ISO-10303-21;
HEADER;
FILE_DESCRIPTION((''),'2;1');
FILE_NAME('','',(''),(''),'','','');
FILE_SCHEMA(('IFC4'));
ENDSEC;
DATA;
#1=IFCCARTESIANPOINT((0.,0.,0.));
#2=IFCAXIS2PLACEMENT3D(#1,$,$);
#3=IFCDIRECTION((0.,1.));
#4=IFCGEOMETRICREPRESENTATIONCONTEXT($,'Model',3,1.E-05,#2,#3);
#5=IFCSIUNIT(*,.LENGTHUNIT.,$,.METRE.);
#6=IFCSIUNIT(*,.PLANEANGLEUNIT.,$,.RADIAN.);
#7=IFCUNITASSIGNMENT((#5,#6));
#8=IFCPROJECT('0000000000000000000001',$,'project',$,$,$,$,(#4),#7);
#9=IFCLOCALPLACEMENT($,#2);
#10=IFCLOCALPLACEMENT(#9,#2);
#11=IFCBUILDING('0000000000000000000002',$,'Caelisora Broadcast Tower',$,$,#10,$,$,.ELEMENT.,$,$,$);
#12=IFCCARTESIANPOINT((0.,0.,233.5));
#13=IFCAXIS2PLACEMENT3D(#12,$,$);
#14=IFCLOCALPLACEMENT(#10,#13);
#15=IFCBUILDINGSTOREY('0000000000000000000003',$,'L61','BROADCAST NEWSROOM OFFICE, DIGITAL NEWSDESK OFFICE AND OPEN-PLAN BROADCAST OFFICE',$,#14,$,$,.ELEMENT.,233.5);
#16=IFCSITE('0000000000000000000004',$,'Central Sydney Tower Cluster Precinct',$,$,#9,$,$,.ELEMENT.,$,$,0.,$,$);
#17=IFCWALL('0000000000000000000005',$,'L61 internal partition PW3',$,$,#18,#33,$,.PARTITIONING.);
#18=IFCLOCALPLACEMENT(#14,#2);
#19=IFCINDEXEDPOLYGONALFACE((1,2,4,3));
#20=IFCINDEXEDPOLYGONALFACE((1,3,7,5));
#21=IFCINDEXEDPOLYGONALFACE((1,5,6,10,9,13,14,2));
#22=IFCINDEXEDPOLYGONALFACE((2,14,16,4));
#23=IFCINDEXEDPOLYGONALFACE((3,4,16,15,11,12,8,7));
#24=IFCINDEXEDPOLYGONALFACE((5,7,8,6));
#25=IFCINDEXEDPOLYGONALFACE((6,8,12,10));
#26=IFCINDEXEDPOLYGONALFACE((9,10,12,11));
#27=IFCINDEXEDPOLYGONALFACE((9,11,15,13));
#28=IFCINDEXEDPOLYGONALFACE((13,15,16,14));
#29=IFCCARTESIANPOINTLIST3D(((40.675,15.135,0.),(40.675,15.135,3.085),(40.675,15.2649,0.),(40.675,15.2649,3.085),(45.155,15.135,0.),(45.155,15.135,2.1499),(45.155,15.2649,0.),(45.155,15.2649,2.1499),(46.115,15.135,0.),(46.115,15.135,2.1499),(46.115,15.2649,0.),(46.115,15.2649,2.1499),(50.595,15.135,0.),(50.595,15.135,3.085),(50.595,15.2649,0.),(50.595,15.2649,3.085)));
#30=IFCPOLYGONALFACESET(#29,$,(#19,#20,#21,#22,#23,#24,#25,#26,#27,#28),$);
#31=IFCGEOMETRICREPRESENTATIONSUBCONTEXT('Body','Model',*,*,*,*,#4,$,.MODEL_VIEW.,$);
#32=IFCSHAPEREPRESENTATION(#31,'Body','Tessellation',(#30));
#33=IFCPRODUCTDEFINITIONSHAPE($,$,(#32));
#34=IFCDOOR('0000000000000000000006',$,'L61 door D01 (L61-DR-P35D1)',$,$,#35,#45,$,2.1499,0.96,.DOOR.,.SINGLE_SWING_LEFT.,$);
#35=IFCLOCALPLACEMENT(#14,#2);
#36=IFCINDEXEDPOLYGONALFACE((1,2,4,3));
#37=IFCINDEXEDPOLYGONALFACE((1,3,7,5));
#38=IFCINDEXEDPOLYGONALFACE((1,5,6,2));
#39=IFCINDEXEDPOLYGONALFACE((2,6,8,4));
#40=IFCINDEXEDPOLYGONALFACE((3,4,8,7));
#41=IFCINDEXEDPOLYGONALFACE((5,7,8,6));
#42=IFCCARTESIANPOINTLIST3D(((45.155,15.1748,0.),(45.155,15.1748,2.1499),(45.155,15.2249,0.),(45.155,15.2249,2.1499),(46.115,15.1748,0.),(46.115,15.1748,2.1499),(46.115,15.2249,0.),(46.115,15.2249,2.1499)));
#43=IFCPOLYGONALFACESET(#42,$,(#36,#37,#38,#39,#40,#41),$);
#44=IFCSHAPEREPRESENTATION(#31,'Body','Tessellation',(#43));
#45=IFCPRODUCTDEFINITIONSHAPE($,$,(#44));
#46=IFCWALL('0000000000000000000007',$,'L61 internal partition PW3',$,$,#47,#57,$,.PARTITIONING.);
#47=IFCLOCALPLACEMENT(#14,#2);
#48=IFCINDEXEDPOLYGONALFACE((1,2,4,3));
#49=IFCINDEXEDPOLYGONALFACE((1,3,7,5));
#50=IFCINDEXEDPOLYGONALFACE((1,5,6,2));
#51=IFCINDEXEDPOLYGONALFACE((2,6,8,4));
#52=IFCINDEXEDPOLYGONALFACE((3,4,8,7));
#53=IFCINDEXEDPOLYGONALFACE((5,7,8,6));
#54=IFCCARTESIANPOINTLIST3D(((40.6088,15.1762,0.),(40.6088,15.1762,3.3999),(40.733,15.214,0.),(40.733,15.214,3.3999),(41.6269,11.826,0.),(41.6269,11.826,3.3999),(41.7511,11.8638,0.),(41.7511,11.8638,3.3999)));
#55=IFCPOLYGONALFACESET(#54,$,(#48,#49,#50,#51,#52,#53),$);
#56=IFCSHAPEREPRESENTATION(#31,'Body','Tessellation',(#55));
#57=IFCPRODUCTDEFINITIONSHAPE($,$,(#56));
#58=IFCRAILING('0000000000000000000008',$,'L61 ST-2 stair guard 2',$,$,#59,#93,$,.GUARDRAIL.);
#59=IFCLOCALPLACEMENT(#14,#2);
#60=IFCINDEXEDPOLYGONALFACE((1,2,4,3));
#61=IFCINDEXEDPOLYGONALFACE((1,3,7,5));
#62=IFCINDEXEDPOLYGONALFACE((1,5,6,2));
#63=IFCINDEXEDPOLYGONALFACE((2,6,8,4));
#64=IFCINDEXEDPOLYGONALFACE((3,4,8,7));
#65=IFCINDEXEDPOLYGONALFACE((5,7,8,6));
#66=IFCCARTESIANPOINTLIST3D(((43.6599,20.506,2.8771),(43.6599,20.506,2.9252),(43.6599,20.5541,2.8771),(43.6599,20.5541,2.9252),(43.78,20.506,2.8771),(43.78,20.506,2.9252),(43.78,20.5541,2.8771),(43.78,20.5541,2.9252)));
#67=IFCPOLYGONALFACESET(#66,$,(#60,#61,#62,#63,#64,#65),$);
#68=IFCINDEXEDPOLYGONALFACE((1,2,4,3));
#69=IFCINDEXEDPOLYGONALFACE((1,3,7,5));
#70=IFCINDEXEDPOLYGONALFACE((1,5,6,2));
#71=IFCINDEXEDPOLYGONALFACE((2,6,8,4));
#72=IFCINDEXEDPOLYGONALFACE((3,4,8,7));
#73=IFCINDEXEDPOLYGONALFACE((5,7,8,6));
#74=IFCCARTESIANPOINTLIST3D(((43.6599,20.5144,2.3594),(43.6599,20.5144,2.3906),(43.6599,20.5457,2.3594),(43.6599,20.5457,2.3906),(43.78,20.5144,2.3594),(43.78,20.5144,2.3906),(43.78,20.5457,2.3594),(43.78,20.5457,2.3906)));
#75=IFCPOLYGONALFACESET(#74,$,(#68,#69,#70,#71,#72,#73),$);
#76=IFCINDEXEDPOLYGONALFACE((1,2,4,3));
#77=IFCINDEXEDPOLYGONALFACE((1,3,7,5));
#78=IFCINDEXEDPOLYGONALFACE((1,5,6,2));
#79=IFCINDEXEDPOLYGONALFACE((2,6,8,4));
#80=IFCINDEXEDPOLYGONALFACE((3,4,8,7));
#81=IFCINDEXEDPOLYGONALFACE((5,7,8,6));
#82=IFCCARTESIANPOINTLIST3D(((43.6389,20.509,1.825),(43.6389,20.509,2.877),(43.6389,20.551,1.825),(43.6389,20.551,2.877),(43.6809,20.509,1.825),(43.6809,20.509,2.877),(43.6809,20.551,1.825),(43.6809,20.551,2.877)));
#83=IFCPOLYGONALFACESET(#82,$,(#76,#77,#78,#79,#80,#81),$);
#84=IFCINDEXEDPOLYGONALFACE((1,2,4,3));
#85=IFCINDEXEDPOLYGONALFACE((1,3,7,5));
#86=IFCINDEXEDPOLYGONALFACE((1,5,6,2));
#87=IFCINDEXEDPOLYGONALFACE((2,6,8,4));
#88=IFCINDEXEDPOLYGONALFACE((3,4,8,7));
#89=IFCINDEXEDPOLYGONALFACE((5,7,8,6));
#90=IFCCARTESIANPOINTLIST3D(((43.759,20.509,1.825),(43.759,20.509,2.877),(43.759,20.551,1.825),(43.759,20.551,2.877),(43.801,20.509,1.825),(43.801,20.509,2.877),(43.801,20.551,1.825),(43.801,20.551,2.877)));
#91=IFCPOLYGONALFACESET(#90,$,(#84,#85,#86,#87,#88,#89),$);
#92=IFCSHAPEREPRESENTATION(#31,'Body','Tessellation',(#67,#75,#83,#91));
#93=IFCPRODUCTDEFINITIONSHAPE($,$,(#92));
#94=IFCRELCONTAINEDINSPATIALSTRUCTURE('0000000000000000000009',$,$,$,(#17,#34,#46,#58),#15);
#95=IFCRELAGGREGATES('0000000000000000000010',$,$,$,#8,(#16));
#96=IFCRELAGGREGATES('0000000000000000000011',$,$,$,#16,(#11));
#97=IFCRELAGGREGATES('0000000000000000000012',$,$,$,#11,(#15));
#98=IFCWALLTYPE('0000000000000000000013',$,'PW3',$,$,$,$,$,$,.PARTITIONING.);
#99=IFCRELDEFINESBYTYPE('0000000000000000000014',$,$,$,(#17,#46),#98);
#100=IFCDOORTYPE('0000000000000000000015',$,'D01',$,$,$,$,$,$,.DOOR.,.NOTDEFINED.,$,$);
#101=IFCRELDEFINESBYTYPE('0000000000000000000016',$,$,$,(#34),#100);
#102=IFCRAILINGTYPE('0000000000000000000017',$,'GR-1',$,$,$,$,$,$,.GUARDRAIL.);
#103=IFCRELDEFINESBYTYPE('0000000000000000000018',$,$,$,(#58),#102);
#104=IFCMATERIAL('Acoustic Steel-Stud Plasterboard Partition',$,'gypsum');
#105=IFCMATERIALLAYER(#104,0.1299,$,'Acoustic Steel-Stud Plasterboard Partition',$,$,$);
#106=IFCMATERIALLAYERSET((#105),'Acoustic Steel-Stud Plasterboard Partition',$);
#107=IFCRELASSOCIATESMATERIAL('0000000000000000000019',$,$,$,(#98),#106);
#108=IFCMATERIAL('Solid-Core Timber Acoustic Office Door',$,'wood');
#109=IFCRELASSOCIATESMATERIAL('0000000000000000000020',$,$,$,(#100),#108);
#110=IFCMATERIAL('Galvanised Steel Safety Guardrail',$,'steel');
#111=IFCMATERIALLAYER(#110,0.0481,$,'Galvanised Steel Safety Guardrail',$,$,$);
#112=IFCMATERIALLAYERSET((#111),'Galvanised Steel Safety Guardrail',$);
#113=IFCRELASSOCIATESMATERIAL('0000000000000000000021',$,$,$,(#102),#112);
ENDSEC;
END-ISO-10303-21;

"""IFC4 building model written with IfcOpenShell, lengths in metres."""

from ifc_helpers import new_model, si_unit, direction, frame, frame_2d, origin, origin_2d, place, context, subcontext, project, spatial, rectangle, extrude, material, layer, layer_set, type_object, element, fill, save


model = new_model("IFC4")

# Units and contexts
model_context = context("Model", 3, precision=1e-05, world=origin(), true_north=direction((0.0, 1.0)))
body_context = subcontext(model_context, "Body", "Model", "MODEL_VIEW")
ifc_project = project(units=[si_unit("LENGTHUNIT", "METRE"), si_unit("PLANEANGLEUNIT", "RADIAN")], contexts=[model_context])

# Site, building, storey
site_placement = place(None, origin())
site = spatial("IfcSite", under=ifc_project, at=site_placement, Name="Central Sydney Tower Cluster Precinct", CompositionType="ELEMENT", RefElevation=0.0)
building_placement = place(site_placement, origin())
building = spatial("IfcBuilding", under=site, at=building_placement, Name="Caelisora Broadcast Tower", CompositionType="ELEMENT")
storey_placement = place(building_placement, frame((0.0, 0.0, 233.5)))
storey = spatial("IfcBuildingStorey", under=building, at=storey_placement, Name="L61", Description="BROADCAST NEWSROOM OFFICE, DIGITAL NEWSDESK OFFICE AND OPEN-PLAN BROADCAST OFFICE", CompositionType="ELEMENT", Elevation=233.5)

# Shared definitions
ifc_material_1 = material(Name="Acoustic Steel-Stud Plasterboard Partition", Category="gypsum")
ifc_layer_1 = layer(ifc_material_1, 0.1299, Name="Acoustic Steel-Stud Plasterboard Partition")
ifc_layer_set_1 = layer_set([ifc_layer_1], Name="Acoustic Steel-Stud Plasterboard Partition")
wall_type_1 = type_object("IfcWallType", Name="PW3", PredefinedType="PARTITIONING", material=ifc_layer_set_1)

# Wall, opening, door
wall_1_placement = place(storey_placement, frame((40.675, 15.2, 0.0), z_axis=(0.0, 0.0, 1.0), x_axis=(1.0, 0.0, 0.0)))
wall_1 = element("IfcWall", 1, at=wall_1_placement, inside=storey, type_object=wall_type_1, Name="L61 internal partition PW3", PredefinedType="PARTITIONING", context=body_context, shape_type="SweptSolid", body=[
    extrude(rectangle(XDim=9.9199, YDim=0.1299, at=frame_2d((4.96, 0.0))), origin(), (0.0, 0.0, 1.0), 3.085),
])
opening_1_placement = place(wall_1_placement, frame((4.48, 0.0, 0.0)))
opening_1 = element("IfcOpeningElement", 2, at=opening_1_placement, cuts=wall_1, PredefinedType="OPENING", context=body_context, shape_type="SweptSolid", body=[
    extrude(rectangle(XDim=0.96, YDim=2.1499, at=frame_2d((0.48, 1.075))), frame((0.0, 0.0769, 0.0), z_axis=(0.0, -1.0, 0.0), x_axis=(1.0, 0.0, 0.0)), (0.0, 0.0, 1.0), 0.1538),
])
ifc_material_2 = material(Name="Solid-Core Timber Acoustic Office Door", Category="wood")
door_type_1 = type_object("IfcDoorType", Name="D01", OperationType="NOTDEFINED", PredefinedType="DOOR", material=ifc_material_2)
door_1_placement = place(opening_1_placement, origin())
door_1 = element("IfcDoor", 3, at=door_1_placement, inside=storey, type_object=door_type_1, Name="L61 door D01 (L61-DR-P35D1)", OperationType="SINGLE_SWING_LEFT", OverallHeight=2.1499, OverallWidth=0.96, PredefinedType="DOOR", context=body_context, shape_type="SweptSolid", body=[
    extrude(rectangle(XDim=0.96, YDim=2.1499, at=frame_2d((0.48, 1.075))), frame((0.0, 0.0249, 0.0), z_axis=(0.0, -1.0, 0.0), x_axis=(1.0, 0.0, 0.0)), (0.0, 0.0, 1.0), 0.05),
])
fill(opening_1, door_1)

# Wall
wall_2_placement = place(storey_placement, frame((40.6709, 15.1951, 0.0), z_axis=(0.0, 0.0, 1.0), x_axis=(0.290762, -0.956795, 0.0)))
element("IfcWall", 4, at=wall_2_placement, inside=storey, type_object=wall_type_1, Name="L61 internal partition PW3", PredefinedType="PARTITIONING", context=body_context, shape_type="SweptSolid", body=[
    extrude(rectangle(XDim=3.5015, YDim=0.1299, at=frame_2d((1.7507, 0.0))), origin(), (0.0, 0.0, 1.0), 3.3999),
])

# Railing
ifc_material_3 = material(Name="Galvanised Steel Safety Guardrail", Category="steel")
ifc_layer_2 = layer(ifc_material_3, 0.0481, Name="Galvanised Steel Safety Guardrail")
ifc_layer_set_2 = layer_set([ifc_layer_2], Name="Galvanised Steel Safety Guardrail")
railing_type = type_object("IfcRailingType", Name="GR-1", PredefinedType="GUARDRAIL", material=ifc_layer_set_2)
railing_placement = place(storey_placement, frame((43.6599, 20.53, 1.825)))
element("IfcRailing", 5, at=railing_placement, inside=storey, type_object=railing_type, Name="L61 ST-2 stair guard 2", PredefinedType="GUARDRAIL", context=body_context, shape_type="SweptSolid", body=[
    extrude(rectangle(XDim=0.0481, YDim=0.0481, at=origin_2d()), frame((0.0, 0.0, 1.0762), z_axis=(1.0, 0.0, 0.0), x_axis=(0.0, 1.0, 0.0)), (0.0, 0.0, 1.0), 0.1201),
    extrude(rectangle(XDim=0.0312, YDim=0.0312, at=origin_2d()), frame((0.0, 0.0, 0.55), z_axis=(1.0, 0.0, 0.0), x_axis=(0.0, 1.0, 0.0)), (0.0, 0.0, 1.0), 0.1201),
    extrude(rectangle(XDim=0.042, YDim=0.042, at=origin_2d()), origin(), (0.0, 0.0, 1.0), 1.052),
    extrude(rectangle(XDim=0.042, YDim=0.042, at=origin_2d()), frame((0.1201, 0.0, 0.0)), (0.0, 0.0, 1.0), 1.052),
])

save(model, "model.ifc")
